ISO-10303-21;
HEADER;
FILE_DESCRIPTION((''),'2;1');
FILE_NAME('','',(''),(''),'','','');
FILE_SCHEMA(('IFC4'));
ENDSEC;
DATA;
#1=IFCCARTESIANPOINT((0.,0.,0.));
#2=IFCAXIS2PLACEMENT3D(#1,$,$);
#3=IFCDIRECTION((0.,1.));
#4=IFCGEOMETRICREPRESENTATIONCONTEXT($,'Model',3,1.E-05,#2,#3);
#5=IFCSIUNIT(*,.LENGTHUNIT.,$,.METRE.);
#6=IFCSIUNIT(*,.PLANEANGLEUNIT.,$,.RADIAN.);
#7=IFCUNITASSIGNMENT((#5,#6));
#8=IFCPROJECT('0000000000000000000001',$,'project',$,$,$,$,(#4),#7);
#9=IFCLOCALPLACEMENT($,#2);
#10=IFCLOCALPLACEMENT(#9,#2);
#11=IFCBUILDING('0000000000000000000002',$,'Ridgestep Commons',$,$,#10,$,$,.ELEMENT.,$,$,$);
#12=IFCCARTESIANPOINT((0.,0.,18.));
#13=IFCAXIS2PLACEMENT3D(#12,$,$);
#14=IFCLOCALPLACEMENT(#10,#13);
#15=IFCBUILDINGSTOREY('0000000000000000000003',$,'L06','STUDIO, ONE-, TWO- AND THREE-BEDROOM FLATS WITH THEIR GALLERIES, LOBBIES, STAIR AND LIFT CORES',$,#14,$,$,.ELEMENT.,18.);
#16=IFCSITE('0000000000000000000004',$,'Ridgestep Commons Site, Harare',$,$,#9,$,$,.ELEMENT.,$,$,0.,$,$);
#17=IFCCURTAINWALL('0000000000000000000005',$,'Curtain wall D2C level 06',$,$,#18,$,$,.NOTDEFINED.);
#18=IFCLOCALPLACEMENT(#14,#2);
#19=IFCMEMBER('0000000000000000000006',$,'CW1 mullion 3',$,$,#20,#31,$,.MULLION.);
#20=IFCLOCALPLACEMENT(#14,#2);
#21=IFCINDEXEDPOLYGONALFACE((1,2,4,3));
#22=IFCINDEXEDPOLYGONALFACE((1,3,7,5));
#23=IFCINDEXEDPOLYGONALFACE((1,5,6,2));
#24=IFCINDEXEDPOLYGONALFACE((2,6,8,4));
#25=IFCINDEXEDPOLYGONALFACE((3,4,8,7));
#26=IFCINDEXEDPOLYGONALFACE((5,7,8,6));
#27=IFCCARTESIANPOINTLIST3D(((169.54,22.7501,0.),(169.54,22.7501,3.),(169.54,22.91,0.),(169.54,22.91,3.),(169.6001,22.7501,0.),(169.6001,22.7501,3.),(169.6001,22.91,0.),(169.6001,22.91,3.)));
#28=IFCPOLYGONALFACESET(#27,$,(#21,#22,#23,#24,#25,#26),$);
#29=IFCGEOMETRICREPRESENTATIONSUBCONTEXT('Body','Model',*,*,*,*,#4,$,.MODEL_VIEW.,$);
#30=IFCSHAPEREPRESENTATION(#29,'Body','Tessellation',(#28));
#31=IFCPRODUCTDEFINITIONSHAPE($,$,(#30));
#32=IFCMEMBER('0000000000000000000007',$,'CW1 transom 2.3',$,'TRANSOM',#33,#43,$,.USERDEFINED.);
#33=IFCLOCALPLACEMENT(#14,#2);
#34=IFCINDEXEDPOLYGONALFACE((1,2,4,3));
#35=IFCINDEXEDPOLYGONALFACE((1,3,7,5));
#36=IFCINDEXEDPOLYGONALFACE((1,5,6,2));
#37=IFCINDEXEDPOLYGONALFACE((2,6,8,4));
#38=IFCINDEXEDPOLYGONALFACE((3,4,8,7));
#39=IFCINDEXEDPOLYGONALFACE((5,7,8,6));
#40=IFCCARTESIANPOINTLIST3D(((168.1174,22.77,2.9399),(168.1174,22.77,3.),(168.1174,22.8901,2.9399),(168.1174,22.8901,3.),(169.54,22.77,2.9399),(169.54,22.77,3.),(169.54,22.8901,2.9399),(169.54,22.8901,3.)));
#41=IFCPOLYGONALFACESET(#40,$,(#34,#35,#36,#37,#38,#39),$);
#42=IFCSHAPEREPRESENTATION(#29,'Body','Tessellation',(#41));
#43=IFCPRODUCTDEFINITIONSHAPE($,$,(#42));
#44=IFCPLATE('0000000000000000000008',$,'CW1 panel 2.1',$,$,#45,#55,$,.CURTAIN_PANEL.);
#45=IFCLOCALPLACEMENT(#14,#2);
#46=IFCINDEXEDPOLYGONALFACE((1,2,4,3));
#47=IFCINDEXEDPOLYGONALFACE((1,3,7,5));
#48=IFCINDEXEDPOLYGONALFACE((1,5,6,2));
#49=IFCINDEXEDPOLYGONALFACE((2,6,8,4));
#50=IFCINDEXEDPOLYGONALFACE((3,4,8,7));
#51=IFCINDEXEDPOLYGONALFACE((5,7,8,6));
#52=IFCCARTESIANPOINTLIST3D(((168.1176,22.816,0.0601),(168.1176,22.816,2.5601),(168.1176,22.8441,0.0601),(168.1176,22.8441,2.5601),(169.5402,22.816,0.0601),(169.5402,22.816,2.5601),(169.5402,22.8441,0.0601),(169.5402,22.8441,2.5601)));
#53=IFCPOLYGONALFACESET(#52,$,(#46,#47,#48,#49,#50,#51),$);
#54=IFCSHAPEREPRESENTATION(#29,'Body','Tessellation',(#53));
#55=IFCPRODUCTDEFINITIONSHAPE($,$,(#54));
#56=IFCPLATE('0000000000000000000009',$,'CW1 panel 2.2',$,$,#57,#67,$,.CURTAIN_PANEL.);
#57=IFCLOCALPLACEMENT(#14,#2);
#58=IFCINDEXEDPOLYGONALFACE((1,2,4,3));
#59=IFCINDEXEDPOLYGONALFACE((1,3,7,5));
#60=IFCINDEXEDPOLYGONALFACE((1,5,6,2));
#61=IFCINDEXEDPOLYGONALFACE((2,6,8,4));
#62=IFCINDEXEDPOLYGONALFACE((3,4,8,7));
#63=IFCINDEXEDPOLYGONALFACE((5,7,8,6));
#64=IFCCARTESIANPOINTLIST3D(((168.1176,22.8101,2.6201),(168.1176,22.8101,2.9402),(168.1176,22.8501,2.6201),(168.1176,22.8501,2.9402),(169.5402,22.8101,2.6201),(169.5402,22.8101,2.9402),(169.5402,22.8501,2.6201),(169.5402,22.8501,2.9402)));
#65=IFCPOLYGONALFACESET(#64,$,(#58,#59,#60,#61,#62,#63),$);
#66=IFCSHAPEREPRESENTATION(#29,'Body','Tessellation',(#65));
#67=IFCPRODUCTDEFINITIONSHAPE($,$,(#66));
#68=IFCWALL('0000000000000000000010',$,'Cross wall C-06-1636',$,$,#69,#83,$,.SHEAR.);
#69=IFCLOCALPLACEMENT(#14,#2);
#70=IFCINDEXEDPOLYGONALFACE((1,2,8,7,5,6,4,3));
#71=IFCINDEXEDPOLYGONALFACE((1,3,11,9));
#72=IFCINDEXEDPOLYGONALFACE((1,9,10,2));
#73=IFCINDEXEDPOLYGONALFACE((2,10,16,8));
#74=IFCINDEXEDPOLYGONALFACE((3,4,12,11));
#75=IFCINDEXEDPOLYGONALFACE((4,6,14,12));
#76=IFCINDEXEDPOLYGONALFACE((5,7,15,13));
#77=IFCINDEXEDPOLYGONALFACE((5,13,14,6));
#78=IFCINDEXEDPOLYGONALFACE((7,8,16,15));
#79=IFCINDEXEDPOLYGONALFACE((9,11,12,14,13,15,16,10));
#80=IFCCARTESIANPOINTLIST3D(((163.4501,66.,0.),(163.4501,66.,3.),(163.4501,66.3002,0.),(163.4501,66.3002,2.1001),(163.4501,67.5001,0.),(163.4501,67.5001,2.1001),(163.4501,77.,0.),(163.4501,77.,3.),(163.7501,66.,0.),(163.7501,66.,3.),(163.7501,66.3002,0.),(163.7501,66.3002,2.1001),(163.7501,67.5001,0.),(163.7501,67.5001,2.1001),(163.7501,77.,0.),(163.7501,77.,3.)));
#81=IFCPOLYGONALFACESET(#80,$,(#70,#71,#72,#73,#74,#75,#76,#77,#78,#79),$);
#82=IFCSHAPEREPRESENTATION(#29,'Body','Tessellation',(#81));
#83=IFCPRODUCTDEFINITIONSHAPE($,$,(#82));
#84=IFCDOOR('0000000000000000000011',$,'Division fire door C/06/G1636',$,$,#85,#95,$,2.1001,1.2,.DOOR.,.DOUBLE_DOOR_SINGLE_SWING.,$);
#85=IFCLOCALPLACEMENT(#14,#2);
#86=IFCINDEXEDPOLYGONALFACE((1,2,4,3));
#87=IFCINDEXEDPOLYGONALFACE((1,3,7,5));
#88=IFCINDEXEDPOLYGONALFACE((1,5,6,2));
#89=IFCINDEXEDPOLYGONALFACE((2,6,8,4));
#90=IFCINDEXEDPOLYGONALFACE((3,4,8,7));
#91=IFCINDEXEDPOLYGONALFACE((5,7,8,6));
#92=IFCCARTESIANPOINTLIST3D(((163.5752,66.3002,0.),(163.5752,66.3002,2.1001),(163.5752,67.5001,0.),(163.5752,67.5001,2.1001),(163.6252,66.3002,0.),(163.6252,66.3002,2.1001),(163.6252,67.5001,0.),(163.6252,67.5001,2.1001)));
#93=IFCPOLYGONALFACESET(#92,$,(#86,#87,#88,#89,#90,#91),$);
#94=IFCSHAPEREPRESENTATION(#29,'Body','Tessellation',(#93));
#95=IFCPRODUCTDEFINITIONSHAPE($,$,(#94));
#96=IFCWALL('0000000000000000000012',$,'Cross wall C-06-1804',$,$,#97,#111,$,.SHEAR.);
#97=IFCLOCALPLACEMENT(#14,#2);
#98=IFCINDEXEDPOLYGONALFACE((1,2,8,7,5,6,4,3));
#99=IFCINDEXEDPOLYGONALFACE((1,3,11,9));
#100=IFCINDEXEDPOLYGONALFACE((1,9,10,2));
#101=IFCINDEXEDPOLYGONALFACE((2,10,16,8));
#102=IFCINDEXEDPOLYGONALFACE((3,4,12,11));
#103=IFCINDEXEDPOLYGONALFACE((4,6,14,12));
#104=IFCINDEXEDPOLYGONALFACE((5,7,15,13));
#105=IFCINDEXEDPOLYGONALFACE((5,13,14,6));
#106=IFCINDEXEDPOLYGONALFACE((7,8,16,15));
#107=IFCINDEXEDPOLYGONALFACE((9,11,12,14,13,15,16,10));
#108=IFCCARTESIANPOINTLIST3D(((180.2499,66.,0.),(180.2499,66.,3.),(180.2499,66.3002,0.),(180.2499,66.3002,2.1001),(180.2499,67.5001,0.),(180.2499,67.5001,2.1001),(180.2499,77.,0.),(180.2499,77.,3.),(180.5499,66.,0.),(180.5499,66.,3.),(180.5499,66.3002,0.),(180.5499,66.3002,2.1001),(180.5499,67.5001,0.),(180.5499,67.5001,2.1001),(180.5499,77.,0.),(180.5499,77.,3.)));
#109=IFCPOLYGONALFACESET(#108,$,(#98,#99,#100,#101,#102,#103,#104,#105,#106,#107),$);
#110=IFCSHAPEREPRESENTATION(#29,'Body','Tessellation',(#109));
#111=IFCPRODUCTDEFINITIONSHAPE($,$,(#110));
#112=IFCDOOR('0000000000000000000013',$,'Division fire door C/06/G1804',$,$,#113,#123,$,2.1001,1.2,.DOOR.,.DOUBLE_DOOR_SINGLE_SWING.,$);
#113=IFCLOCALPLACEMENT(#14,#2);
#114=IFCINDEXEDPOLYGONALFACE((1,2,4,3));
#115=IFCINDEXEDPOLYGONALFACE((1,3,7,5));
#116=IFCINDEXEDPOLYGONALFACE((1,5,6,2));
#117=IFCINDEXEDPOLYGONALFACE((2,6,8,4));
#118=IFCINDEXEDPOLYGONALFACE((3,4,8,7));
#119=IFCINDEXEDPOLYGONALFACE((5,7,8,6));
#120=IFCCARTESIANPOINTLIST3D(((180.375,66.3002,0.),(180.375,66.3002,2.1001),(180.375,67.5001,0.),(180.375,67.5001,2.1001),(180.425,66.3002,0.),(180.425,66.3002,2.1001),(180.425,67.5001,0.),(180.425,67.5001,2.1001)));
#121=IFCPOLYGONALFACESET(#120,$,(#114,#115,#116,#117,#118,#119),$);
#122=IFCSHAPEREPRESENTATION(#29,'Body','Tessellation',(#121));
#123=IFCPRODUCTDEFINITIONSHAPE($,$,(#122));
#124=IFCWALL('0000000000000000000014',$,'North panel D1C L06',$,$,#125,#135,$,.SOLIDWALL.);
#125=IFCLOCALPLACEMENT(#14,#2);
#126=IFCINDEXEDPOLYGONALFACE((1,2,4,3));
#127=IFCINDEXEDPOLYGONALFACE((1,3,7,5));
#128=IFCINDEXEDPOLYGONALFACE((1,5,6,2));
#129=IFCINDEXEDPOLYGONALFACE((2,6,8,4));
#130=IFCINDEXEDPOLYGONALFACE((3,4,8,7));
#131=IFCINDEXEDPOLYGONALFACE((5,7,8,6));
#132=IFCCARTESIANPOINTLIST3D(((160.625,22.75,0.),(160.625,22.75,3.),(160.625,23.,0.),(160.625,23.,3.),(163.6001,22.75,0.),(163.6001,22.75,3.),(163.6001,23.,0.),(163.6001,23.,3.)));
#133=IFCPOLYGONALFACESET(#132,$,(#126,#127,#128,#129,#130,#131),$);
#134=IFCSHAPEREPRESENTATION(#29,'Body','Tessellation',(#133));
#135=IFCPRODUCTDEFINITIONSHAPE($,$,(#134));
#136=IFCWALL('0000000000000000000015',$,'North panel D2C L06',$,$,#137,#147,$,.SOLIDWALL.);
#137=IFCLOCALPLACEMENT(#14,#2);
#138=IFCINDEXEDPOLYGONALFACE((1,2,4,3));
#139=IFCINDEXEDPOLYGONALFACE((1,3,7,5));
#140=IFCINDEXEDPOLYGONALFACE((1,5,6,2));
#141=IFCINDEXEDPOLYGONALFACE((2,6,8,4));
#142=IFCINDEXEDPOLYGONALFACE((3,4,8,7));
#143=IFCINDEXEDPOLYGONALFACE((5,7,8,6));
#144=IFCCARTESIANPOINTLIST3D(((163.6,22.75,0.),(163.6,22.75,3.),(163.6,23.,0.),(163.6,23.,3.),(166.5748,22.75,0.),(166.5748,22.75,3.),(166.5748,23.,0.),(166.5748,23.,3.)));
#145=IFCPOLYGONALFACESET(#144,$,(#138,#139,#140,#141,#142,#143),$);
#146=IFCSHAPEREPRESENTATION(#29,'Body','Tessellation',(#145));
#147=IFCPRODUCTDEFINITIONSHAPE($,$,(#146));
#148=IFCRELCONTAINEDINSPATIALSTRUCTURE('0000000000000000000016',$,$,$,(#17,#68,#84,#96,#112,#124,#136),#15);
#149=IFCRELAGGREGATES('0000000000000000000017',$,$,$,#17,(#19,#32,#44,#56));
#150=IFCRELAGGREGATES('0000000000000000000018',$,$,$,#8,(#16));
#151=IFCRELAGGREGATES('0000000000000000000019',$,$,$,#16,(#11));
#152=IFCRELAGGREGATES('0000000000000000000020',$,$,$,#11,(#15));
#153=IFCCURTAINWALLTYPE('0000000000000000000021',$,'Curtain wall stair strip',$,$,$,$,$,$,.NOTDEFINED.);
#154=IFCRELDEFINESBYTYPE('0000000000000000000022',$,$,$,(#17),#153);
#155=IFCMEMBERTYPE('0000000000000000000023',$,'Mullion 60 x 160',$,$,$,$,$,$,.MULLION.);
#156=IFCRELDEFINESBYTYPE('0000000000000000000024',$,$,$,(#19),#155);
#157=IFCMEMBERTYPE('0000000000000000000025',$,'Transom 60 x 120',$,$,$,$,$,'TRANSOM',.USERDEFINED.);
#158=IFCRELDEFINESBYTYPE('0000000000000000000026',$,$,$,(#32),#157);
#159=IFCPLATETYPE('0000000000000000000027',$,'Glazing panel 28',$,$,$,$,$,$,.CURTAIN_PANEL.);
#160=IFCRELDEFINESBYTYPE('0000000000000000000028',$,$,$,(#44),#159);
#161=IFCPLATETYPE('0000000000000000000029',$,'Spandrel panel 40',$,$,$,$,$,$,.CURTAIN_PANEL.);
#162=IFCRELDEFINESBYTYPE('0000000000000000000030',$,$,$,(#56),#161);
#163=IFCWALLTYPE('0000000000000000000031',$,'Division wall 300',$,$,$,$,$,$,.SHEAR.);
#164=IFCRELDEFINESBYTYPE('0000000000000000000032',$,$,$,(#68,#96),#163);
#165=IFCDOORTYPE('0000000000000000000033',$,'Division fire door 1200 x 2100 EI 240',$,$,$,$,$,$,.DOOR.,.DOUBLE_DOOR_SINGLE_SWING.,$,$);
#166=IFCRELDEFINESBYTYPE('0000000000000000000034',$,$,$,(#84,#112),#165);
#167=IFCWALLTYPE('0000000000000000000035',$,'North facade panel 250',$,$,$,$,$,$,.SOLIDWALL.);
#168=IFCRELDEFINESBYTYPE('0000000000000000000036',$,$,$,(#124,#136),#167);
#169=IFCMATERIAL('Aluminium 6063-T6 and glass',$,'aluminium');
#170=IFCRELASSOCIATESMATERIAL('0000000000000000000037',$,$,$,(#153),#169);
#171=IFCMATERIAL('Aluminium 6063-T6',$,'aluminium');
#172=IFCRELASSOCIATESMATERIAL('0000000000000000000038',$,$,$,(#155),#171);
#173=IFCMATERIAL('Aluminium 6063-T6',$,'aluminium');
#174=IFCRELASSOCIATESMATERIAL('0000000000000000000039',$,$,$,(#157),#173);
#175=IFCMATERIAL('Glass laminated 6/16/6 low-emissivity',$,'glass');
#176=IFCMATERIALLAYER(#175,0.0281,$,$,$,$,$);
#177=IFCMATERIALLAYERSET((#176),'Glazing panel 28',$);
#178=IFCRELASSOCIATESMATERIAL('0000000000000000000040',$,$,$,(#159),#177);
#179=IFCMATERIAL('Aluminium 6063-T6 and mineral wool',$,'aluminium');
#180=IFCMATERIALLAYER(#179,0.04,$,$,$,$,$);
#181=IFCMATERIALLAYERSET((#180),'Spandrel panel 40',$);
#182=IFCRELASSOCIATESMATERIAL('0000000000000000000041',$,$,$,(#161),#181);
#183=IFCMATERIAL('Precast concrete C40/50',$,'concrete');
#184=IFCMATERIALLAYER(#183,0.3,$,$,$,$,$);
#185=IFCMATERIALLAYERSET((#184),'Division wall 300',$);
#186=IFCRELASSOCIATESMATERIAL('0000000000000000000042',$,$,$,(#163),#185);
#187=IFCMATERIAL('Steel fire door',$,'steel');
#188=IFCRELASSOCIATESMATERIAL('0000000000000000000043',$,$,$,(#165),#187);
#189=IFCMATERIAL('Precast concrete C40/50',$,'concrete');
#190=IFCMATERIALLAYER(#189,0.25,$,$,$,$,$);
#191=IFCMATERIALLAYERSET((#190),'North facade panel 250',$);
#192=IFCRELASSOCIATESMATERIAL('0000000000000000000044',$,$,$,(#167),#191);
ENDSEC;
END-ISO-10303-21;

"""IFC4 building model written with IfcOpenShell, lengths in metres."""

from ifc_helpers import new_model, si_unit, direction, frame, frame_2d, origin, origin_2d, place, context, subcontext, project, spatial, rectangle, extrude, material, layer, layer_set, material_profile, profile_set, type_object, element, fill, aggregate, save


model = new_model("IFC4")

# Units and contexts
model_context = context("Model", 3, precision=1e-05, world=origin(), true_north=direction((0.0, 1.0)))
body_context = subcontext(model_context, "Body", "Model", "MODEL_VIEW")
ifc_project = project(units=[si_unit("LENGTHUNIT", "METRE"), si_unit("PLANEANGLEUNIT", "RADIAN")], contexts=[model_context])

# Site, building, storey
site_placement = place(None, origin())
site = spatial("IfcSite", under=ifc_project, at=site_placement, Name="Ridgestep Commons Site, Harare", CompositionType="ELEMENT", RefElevation=0.0)
building_placement = place(site_placement, origin())
building = spatial("IfcBuilding", under=site, at=building_placement, Name="Ridgestep Commons", CompositionType="ELEMENT")
storey_placement = place(building_placement, frame((0.0, 0.0, 18.0)))
storey = spatial("IfcBuildingStorey", under=building, at=storey_placement, Name="L06", Description="STUDIO, ONE-, TWO- AND THREE-BEDROOM FLATS WITH THEIR GALLERIES, LOBBIES, STAIR AND LIFT CORES", CompositionType="ELEMENT", Elevation=18.0)

# Curtain wall, members, plates
ifc_material_1 = material(Name="Aluminium 6063-T6 and glass", Category="aluminium")
curtain_wall_type = type_object("IfcCurtainWallType", Name="Curtain wall stair strip", PredefinedType="NOTDEFINED", material=ifc_material_1)
curtain_wall_placement = place(storey_placement, origin())
curtain_wall = element("IfcCurtainWall", 1, at=curtain_wall_placement, inside=storey, type_object=curtain_wall_type, Name="Curtain wall D2C level 06", PredefinedType="NOTDEFINED")
ifc_material_2 = material(Name="Aluminium 6063-T6", Category="aluminium")
ifc_material_profile_1 = material_profile(ifc_material_2, rectangle(XDim=0.1599, YDim=0.0601, at=origin_2d()), Name="Mullion 60 x 160")
ifc_profile_set_1 = profile_set([ifc_material_profile_1], Name="Aluminium 6063-T6")
member_type_1 = type_object("IfcMemberType", Name="Mullion 60 x 160", PredefinedType="MULLION", material=ifc_profile_set_1)
member_1_placement = place(storey_placement, frame((169.5701, 22.8301, 0.0), z_axis=(0.0, 0.0, 1.0), x_axis=(0.0, 1.0, 0.0)))
member_1 = element("IfcMember", 2, at=member_1_placement, type_object=member_type_1, Name="CW1 mullion 3", PredefinedType="MULLION", context=body_context, shape_type="SweptSolid", body=[
    extrude(rectangle(XDim=0.1599, YDim=0.0601, at=origin_2d()), origin(), (0.0, 0.0, 1.0), 3.0),
])
ifc_material_3 = material(Name="Aluminium 6063-T6", Category="aluminium")
ifc_material_profile_2 = material_profile(ifc_material_3, rectangle(XDim=0.1201, YDim=0.0601, at=origin_2d()), Name="Transom 60 x 120")
ifc_profile_set_2 = profile_set([ifc_material_profile_2], Name="Aluminium 6063-T6")
member_type_2 = type_object("IfcMemberType", Name="Transom 60 x 120", ElementType="TRANSOM", PredefinedType="USERDEFINED", material=ifc_profile_set_2)
member_2_placement = place(storey_placement, frame((168.1174, 22.8301, 2.97), z_axis=(1.0, 0.0, 0.0), x_axis=(0.0, 1.0, 0.0)))
member_2 = element("IfcMember", 3, at=member_2_placement, type_object=member_type_2, Name="CW1 transom 2.3", ObjectType="TRANSOM", PredefinedType="USERDEFINED", context=body_context, shape_type="SweptSolid", body=[
    extrude(rectangle(XDim=0.1201, YDim=0.0601, at=origin_2d()), origin(), (0.0, 0.0, 1.0), 1.4226),
])
ifc_material_4 = material(Name="Glass laminated 6/16/6 low-emissivity", Category="glass")
ifc_layer_1 = layer(ifc_material_4, 0.0281)
ifc_layer_set_1 = layer_set([ifc_layer_1], Name="Glazing panel 28")
plate_type_1 = type_object("IfcPlateType", Name="Glazing panel 28", PredefinedType="CURTAIN_PANEL", material=ifc_layer_set_1)
plate_1_placement = place(storey_placement, frame((168.8289, 22.8301, 0.0601), z_axis=(0.0, 0.0, 1.0), x_axis=(1.0, 0.0, 0.0)))
plate_1 = element("IfcPlate", 4, at=plate_1_placement, type_object=plate_type_1, Name="CW1 panel 2.1", PredefinedType="CURTAIN_PANEL", context=body_context, shape_type="SweptSolid", body=[
    extrude(rectangle(XDim=1.4226, YDim=0.0281, at=origin_2d()), origin(), (0.0, 0.0, 1.0), 2.5),
])
ifc_material_5 = material(Name="Aluminium 6063-T6 and mineral wool", Category="aluminium")
ifc_layer_2 = layer(ifc_material_5, 0.04)
ifc_layer_set_2 = layer_set([ifc_layer_2], Name="Spandrel panel 40")
plate_type_2 = type_object("IfcPlateType", Name="Spandrel panel 40", PredefinedType="CURTAIN_PANEL", material=ifc_layer_set_2)
plate_2_placement = place(storey_placement, frame((168.8289, 22.8301, 2.6201), z_axis=(0.0, 0.0, 1.0), x_axis=(1.0, 0.0, 0.0)))
plate_2 = element("IfcPlate", 5, at=plate_2_placement, type_object=plate_type_2, Name="CW1 panel 2.2", PredefinedType="CURTAIN_PANEL", context=body_context, shape_type="SweptSolid", body=[
    extrude(rectangle(XDim=1.4226, YDim=0.04, at=origin_2d()), origin(), (0.0, 0.0, 1.0), 0.3201),
])
aggregate(curtain_wall, [member_1, member_2, plate_1, plate_2])

# Walls, openings, doors
ifc_material_6 = material(Name="Precast concrete C40/50", Category="concrete")
ifc_layer_3 = layer(ifc_material_6, 0.3)
ifc_layer_set_3 = layer_set([ifc_layer_3], Name="Division wall 300")
wall_type_1 = type_object("IfcWallType", Name="Division wall 300", PredefinedType="SHEAR", material=ifc_layer_set_3)
wall_1_placement = place(storey_placement, frame((163.6001, 66.0, 0.0), z_axis=(0.0, 0.0, 1.0), x_axis=(0.0, 1.0, 0.0)))
wall_1 = element("IfcWall", 6, at=wall_1_placement, inside=storey, type_object=wall_type_1, Name="Cross wall C-06-1636", PredefinedType="SHEAR", context=body_context, shape_type="SweptSolid", body=[
    extrude(rectangle(XDim=11.0, YDim=0.3, at=frame_2d((5.5, 0.0))), origin(), (0.0, 0.0, 1.0), 3.0),
])
opening_1_placement = place(wall_1_placement, frame((0.3, 0.0, 0.0)))
opening_1 = element("IfcOpeningElement", 7, at=opening_1_placement, cuts=wall_1, PredefinedType="OPENING", context=body_context, shape_type="SweptSolid", body=[
    extrude(rectangle(XDim=1.2, YDim=2.1001, at=frame_2d((0.6001, 1.05))), frame((0.0, 0.1599, 0.0), z_axis=(0.0, -1.0, 0.0), x_axis=(1.0, 0.0, 0.0)), (0.0, 0.0, 1.0), 0.3201),
])
ifc_material_7 = material(Name="Steel fire door", Category="steel")
door_type_1 = type_object("IfcDoorType", Name="Division fire door 1200 x 2100 EI 240", OperationType="DOUBLE_DOOR_SINGLE_SWING", PredefinedType="DOOR", material=ifc_material_7)
door_1_placement = place(opening_1_placement, origin())
door_1 = element("IfcDoor", 8, at=door_1_placement, inside=storey, type_object=door_type_1, Name="Division fire door C/06/G1636", OperationType="DOUBLE_DOOR_SINGLE_SWING", OverallHeight=2.1001, OverallWidth=1.2, PredefinedType="DOOR", context=body_context, shape_type="SweptSolid", body=[
    extrude(rectangle(XDim=1.2, YDim=2.1001, at=frame_2d((0.6001, 1.05))), frame((0.0, 0.0249, 0.0), z_axis=(0.0, -1.0, 0.0), x_axis=(1.0, 0.0, 0.0)), (0.0, 0.0, 1.0), 0.05),
])
fill(opening_1, door_1)
wall_2_placement = place(storey_placement, frame((180.3999, 66.0, 0.0), z_axis=(0.0, 0.0, 1.0), x_axis=(0.0, 1.0, 0.0)))
wall_2 = element("IfcWall", 9, at=wall_2_placement, inside=storey, type_object=wall_type_1, Name="Cross wall C-06-1804", PredefinedType="SHEAR", context=body_context, shape_type="SweptSolid", body=[
    extrude(rectangle(XDim=11.0, YDim=0.3, at=frame_2d((5.5, 0.0))), origin(), (0.0, 0.0, 1.0), 3.0),
])
opening_2_placement = place(wall_2_placement, frame((0.3, 0.0, 0.0)))
opening_2 = element("IfcOpeningElement", 10, at=opening_2_placement, cuts=wall_2, PredefinedType="OPENING", context=body_context, shape_type="SweptSolid", body=[
    extrude(rectangle(XDim=1.2, YDim=2.1001, at=frame_2d((0.6001, 1.05))), frame((0.0, 0.1599, 0.0), z_axis=(0.0, -1.0, 0.0), x_axis=(1.0, 0.0, 0.0)), (0.0, 0.0, 1.0), 0.3201),
])
door_2_placement = place(opening_2_placement, origin())
door_2 = element("IfcDoor", 11, at=door_2_placement, inside=storey, type_object=door_type_1, Name="Division fire door C/06/G1804", OperationType="DOUBLE_DOOR_SINGLE_SWING", OverallHeight=2.1001, OverallWidth=1.2, PredefinedType="DOOR", context=body_context, shape_type="SweptSolid", body=[
    extrude(rectangle(XDim=1.2, YDim=2.1001, at=frame_2d((0.6001, 1.05))), frame((0.0, 0.0249, 0.0), z_axis=(0.0, -1.0, 0.0), x_axis=(1.0, 0.0, 0.0)), (0.0, 0.0, 1.0), 0.05),
])
fill(opening_2, door_2)

# Walls
ifc_material_8 = material(Name="Precast concrete C40/50", Category="concrete")
ifc_layer_4 = layer(ifc_material_8, 0.25)
ifc_layer_set_4 = layer_set([ifc_layer_4], Name="North facade panel 250")
wall_type_2 = type_object("IfcWallType", Name="North facade panel 250", PredefinedType="SOLIDWALL", material=ifc_layer_set_4)
wall_3_placement = place(storey_placement, frame((160.625, 22.875, 0.0), z_axis=(0.0, 0.0, 1.0), x_axis=(1.0, 0.0, 0.0)))
element("IfcWall", 12, at=wall_3_placement, inside=storey, type_object=wall_type_2, Name="North panel D1C L06", PredefinedType="SOLIDWALL", context=body_context, shape_type="SweptSolid", body=[
    extrude(rectangle(XDim=2.9751, YDim=0.25, at=frame_2d((1.4875, 0.0))), origin(), (0.0, 0.0, 1.0), 3.0),
])
wall_4_placement = place(storey_placement, frame((163.6001, 22.875, 0.0), z_axis=(0.0, 0.0, 1.0), x_axis=(1.0, 0.0, 0.0)))
element("IfcWall", 13, at=wall_4_placement, inside=storey, type_object=wall_type_2, Name="North panel D2C L06", PredefinedType="SOLIDWALL", context=body_context, shape_type="SweptSolid", body=[
    extrude(rectangle(XDim=2.9749, YDim=0.25, at=frame_2d((1.4873, 0.0))), origin(), (0.0, 0.0, 1.0), 3.0),
])

save(model, "model.ifc")
